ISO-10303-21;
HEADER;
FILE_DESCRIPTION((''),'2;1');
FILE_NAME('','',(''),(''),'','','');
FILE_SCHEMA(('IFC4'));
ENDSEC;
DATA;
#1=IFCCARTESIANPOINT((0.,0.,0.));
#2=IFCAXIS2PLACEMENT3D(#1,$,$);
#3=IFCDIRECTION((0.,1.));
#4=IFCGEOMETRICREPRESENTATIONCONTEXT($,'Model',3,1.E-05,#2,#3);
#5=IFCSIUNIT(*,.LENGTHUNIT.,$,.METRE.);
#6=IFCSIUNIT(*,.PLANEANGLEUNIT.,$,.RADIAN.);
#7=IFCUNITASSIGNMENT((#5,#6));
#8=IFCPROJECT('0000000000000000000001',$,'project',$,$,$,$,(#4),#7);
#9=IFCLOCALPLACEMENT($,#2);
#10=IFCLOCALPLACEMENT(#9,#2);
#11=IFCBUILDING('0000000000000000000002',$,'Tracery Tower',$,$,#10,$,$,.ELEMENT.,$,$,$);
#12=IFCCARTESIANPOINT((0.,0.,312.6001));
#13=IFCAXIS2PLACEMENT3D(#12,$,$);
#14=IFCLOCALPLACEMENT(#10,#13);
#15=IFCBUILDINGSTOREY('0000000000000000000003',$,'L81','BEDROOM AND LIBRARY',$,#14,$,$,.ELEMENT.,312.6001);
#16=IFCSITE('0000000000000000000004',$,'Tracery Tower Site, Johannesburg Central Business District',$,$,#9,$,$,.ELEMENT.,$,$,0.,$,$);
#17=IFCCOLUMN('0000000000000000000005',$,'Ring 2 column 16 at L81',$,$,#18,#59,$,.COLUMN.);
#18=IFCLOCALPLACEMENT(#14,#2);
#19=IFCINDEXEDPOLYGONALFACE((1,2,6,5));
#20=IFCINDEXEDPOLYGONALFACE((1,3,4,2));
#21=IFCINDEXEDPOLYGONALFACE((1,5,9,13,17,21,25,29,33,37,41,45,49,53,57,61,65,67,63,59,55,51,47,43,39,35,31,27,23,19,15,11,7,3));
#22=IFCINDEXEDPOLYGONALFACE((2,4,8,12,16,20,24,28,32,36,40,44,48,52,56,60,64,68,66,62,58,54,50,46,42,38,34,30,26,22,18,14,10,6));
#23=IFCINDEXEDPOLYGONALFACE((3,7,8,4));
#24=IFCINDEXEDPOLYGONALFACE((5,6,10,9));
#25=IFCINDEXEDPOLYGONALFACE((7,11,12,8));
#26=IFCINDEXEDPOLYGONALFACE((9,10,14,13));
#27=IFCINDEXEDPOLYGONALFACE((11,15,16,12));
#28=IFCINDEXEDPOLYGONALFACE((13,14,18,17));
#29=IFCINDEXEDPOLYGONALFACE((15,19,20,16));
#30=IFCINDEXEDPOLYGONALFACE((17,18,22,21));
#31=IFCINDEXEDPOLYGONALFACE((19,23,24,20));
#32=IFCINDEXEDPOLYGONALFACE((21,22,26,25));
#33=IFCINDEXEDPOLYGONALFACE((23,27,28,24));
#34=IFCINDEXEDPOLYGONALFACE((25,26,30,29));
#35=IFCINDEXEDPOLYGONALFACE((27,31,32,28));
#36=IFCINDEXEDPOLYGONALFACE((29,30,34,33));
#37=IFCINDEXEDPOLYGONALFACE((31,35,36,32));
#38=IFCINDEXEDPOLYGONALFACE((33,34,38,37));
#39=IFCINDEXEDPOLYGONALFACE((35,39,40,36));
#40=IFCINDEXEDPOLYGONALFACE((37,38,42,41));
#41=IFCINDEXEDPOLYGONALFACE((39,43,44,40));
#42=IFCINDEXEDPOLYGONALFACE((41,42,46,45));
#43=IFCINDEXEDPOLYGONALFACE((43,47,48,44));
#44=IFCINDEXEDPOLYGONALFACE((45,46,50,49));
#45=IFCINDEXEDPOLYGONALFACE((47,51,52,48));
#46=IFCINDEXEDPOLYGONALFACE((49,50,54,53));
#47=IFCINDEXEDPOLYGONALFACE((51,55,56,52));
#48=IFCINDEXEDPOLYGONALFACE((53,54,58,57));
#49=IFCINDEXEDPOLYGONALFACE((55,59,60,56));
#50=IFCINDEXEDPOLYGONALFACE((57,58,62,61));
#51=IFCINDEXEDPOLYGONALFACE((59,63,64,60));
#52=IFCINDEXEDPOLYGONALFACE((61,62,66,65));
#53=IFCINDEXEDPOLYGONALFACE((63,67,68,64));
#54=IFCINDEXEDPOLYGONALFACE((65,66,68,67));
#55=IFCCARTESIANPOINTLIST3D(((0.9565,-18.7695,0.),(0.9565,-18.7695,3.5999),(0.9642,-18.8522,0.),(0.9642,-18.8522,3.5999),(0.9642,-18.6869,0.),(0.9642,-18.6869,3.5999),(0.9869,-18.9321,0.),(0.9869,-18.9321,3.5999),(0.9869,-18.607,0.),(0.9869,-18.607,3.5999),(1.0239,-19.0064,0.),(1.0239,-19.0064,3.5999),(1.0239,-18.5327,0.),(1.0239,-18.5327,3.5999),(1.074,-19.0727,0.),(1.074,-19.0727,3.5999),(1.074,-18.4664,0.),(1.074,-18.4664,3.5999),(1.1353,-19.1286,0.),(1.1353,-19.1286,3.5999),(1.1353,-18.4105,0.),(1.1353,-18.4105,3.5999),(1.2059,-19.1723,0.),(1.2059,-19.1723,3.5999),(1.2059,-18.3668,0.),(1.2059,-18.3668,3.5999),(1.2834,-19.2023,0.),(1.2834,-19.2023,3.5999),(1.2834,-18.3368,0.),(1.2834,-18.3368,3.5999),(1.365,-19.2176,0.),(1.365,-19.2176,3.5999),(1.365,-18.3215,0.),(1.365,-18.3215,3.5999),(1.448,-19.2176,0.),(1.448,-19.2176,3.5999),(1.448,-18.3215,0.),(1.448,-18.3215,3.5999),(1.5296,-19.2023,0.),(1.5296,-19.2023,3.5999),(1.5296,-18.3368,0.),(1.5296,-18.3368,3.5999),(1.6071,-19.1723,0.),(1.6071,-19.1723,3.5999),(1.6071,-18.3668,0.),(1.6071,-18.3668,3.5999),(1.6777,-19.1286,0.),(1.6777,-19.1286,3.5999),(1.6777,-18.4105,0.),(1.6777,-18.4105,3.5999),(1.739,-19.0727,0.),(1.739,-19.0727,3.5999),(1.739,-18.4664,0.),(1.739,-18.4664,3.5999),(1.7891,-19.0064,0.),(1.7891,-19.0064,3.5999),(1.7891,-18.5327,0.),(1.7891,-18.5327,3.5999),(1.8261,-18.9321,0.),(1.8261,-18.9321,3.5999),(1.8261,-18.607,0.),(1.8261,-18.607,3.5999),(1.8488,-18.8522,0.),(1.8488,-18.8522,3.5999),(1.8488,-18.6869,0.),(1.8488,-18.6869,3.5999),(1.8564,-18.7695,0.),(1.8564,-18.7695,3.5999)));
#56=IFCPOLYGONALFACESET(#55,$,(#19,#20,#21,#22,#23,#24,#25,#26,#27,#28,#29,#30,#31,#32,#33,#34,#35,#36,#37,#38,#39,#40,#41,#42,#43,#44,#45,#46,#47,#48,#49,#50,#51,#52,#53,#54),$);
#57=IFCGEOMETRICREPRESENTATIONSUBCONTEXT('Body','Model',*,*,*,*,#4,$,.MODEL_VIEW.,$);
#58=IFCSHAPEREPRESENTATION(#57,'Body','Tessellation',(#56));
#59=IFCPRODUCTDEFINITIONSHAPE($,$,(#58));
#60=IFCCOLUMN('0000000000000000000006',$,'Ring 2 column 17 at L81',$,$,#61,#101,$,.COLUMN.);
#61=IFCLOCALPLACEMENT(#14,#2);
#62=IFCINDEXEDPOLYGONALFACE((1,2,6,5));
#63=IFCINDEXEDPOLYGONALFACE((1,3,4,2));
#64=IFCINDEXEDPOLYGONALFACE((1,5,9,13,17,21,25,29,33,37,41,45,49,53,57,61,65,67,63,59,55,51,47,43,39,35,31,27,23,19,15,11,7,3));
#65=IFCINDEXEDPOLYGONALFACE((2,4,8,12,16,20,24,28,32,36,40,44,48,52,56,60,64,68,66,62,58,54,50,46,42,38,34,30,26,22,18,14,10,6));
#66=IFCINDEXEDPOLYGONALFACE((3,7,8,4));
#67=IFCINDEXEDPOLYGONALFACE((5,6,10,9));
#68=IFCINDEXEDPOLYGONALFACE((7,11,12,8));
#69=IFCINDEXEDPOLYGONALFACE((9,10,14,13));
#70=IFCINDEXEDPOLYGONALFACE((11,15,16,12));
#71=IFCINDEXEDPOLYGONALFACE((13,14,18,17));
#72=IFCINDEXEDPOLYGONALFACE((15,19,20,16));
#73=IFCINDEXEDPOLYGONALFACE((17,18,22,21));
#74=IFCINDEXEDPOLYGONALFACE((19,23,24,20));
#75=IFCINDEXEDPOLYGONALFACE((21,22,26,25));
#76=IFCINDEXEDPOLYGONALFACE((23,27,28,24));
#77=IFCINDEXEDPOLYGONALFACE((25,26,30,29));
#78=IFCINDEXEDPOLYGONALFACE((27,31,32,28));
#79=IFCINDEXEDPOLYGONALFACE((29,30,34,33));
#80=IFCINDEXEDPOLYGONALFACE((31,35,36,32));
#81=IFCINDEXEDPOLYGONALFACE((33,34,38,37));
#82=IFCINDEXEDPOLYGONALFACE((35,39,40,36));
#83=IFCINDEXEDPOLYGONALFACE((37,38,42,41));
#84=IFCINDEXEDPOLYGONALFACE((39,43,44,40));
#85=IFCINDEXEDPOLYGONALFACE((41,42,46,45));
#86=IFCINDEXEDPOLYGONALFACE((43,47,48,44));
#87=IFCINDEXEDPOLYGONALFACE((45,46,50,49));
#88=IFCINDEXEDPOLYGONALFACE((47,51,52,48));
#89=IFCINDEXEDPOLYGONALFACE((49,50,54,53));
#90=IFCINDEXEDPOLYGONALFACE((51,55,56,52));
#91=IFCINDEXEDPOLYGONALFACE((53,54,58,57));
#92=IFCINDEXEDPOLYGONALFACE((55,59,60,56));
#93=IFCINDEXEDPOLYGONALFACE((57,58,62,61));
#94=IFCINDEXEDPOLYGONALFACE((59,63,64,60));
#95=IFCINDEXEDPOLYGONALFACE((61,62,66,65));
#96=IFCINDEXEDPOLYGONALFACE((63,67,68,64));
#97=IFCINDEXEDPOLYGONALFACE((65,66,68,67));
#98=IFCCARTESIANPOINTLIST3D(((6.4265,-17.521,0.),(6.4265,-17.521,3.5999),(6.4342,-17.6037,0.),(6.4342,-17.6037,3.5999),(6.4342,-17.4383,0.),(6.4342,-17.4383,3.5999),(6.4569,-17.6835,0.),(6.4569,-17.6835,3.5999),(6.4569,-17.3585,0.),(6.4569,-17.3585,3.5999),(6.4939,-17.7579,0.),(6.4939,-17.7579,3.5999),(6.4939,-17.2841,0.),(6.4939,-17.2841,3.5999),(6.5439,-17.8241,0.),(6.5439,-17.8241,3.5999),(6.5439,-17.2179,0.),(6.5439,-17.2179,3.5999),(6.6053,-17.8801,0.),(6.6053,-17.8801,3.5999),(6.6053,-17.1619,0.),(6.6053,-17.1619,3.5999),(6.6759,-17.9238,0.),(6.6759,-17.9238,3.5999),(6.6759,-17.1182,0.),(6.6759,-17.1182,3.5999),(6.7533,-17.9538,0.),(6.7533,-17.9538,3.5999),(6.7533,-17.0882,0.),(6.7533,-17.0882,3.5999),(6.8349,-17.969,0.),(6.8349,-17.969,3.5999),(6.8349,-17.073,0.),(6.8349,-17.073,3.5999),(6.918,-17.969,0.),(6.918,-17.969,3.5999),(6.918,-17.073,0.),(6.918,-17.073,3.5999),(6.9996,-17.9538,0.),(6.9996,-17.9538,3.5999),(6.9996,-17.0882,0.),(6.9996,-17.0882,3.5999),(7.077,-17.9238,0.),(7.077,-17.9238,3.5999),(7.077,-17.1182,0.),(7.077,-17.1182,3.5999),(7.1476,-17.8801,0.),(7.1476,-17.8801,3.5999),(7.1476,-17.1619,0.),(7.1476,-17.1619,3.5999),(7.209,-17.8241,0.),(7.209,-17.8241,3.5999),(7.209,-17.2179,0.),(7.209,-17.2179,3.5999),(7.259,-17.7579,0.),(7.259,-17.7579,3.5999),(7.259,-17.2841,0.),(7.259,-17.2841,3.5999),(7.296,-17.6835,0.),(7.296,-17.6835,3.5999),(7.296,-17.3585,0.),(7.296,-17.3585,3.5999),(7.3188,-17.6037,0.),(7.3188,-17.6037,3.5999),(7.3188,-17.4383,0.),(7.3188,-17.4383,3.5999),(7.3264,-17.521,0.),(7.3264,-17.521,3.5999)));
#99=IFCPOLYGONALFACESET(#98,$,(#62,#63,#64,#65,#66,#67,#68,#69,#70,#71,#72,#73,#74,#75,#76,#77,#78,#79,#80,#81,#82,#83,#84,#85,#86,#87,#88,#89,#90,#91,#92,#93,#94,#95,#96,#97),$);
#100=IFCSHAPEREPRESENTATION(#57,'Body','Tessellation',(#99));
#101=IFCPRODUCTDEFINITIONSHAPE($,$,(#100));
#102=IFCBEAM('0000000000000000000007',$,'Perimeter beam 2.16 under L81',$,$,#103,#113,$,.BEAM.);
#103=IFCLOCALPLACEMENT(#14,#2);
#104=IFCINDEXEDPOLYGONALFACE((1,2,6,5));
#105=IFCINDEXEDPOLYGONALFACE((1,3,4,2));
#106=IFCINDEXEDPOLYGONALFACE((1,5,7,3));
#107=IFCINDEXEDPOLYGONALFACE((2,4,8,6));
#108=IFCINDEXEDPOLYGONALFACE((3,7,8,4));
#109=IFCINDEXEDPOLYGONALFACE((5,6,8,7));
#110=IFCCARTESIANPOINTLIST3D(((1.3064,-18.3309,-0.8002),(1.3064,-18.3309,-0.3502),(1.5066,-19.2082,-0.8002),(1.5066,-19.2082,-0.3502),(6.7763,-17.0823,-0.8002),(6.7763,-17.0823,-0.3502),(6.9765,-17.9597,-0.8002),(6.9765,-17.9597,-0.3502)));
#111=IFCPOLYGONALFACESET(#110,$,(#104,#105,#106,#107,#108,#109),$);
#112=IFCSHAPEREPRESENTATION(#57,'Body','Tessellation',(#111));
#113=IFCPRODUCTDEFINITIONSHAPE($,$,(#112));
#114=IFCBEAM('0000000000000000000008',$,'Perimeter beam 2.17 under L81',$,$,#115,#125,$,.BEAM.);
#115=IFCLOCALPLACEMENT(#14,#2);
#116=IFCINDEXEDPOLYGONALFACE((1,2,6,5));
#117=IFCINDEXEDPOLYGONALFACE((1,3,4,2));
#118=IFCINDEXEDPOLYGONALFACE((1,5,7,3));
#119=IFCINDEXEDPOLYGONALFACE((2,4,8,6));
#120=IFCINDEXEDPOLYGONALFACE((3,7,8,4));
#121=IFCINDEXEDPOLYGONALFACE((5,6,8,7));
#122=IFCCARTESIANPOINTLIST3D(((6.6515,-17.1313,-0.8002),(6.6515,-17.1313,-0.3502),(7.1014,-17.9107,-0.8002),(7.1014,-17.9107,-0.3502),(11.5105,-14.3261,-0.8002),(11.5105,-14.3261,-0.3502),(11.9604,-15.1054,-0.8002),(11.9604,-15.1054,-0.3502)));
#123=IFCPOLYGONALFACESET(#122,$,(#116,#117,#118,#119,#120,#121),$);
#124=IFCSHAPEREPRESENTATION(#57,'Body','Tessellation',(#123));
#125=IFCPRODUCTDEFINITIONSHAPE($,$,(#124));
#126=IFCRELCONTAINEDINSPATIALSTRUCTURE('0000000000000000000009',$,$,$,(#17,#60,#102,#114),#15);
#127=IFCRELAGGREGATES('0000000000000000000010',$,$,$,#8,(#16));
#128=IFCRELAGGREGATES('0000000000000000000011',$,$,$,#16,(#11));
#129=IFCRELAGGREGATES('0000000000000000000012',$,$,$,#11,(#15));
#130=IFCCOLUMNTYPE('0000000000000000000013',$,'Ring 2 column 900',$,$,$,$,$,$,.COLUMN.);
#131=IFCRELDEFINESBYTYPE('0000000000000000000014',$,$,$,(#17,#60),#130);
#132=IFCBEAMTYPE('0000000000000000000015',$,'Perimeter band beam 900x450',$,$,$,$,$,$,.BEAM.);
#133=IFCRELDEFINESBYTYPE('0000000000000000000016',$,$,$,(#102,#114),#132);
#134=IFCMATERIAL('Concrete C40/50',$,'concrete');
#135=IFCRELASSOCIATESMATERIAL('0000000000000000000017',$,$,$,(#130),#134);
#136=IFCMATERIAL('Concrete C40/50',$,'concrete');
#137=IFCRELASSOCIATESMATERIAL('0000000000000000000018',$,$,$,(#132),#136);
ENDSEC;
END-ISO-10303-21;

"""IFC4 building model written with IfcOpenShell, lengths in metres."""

from ifc_helpers import new_model, si_unit, direction, frame, origin, origin_2d, place, context, subcontext, project, spatial, rectangle, circle, extrude, material, material_profile, profile_set, type_object, element, save


model = new_model("IFC4")

# Units and contexts
model_context = context("Model", 3, precision=1e-05, world=origin(), true_north=direction((0.0, 1.0)))
body_context = subcontext(model_context, "Body", "Model", "MODEL_VIEW")
ifc_project = project(units=[si_unit("LENGTHUNIT", "METRE"), si_unit("PLANEANGLEUNIT", "RADIAN")], contexts=[model_context])

# Site, building, storey
site_placement = place(None, origin())
site = spatial("IfcSite", under=ifc_project, at=site_placement, Name="Tracery Tower Site, Johannesburg Central Business District", CompositionType="ELEMENT", RefElevation=0.0)
building_placement = place(site_placement, origin())
building = spatial("IfcBuilding", under=site, at=building_placement, Name="Tracery Tower", CompositionType="ELEMENT")
storey_placement = place(building_placement, frame((0.0, 0.0, 312.6001)))
storey = spatial("IfcBuildingStorey", under=building, at=storey_placement, Name="L81", Description="BEDROOM AND LIBRARY", CompositionType="ELEMENT", Elevation=312.6001)

# Columns
ifc_material_1 = material(Name="Concrete C40/50", Category="concrete")
ifc_material_profile_1 = material_profile(ifc_material_1, circle(Radius=0.45, at=origin_2d()), Name="RC D900")
ifc_profile_set_1 = profile_set([ifc_material_profile_1], Name="Concrete C40/50")
column_type = type_object("IfcColumnType", Name="Ring 2 column 900", PredefinedType="COLUMN", material=ifc_profile_set_1)
for number, where, z_axis, x_axis, name in (
    (1, (1.4065, -18.7695, 0.0), (0.0, 0.0, 1.0), (1.0, 0.0, 0.0), "Ring 2 column 16 at L81"),
    (2, (6.8765, -17.521, 0.0), (0.0, 0.0, 1.0), (1.0, 0.0, 0.0), "Ring 2 column 17 at L81"),
):
    element("IfcColumn", number, at=place(storey_placement, frame(where, z_axis=z_axis, x_axis=x_axis)), inside=storey, type_object=column_type, Name=name, PredefinedType="COLUMN", context=body_context, shape_type="SweptSolid", body=[
        extrude(circle(Radius=0.45, at=origin_2d()), origin(), (0.0, 0.0, 1.0), 3.5999),
    ])

# Beams
ifc_material_2 = material(Name="Concrete C40/50", Category="concrete")
ifc_material_profile_2 = material_profile(ifc_material_2, rectangle(XDim=0.8999, YDim=0.45, at=origin_2d()), Name="RC 900x450")
ifc_profile_set_2 = profile_set([ifc_material_profile_2], Name="Concrete C40/50")
beam_type = type_object("IfcBeamType", Name="Perimeter band beam 900x450", PredefinedType="BEAM", material=ifc_profile_set_2)
for number, where, z_axis, x_axis, name in (
    (3, (1.4065, -18.7695, -0.5752), (0.974926, 0.222529, 0.0), (-0.222529, 0.974926, 0.0), "Perimeter beam 2.16 under L81"),
    (4, (6.8765, -17.521, -0.5752), (0.866033, 0.499986, 0.0), (-0.499986, 0.866033, 0.0), "Perimeter beam 2.17 under L81"),
):
    element("IfcBeam", number, at=place(storey_placement, frame(where, z_axis=z_axis, x_axis=x_axis)), inside=storey, type_object=beam_type, Name=name, PredefinedType="BEAM", context=body_context, shape_type="SweptSolid", body=[
        extrude(rectangle(XDim=0.8999, YDim=0.45, at=origin_2d()), origin(), (0.0, 0.0, 1.0), 5.6106),
    ])

save(model, "model.ifc")
